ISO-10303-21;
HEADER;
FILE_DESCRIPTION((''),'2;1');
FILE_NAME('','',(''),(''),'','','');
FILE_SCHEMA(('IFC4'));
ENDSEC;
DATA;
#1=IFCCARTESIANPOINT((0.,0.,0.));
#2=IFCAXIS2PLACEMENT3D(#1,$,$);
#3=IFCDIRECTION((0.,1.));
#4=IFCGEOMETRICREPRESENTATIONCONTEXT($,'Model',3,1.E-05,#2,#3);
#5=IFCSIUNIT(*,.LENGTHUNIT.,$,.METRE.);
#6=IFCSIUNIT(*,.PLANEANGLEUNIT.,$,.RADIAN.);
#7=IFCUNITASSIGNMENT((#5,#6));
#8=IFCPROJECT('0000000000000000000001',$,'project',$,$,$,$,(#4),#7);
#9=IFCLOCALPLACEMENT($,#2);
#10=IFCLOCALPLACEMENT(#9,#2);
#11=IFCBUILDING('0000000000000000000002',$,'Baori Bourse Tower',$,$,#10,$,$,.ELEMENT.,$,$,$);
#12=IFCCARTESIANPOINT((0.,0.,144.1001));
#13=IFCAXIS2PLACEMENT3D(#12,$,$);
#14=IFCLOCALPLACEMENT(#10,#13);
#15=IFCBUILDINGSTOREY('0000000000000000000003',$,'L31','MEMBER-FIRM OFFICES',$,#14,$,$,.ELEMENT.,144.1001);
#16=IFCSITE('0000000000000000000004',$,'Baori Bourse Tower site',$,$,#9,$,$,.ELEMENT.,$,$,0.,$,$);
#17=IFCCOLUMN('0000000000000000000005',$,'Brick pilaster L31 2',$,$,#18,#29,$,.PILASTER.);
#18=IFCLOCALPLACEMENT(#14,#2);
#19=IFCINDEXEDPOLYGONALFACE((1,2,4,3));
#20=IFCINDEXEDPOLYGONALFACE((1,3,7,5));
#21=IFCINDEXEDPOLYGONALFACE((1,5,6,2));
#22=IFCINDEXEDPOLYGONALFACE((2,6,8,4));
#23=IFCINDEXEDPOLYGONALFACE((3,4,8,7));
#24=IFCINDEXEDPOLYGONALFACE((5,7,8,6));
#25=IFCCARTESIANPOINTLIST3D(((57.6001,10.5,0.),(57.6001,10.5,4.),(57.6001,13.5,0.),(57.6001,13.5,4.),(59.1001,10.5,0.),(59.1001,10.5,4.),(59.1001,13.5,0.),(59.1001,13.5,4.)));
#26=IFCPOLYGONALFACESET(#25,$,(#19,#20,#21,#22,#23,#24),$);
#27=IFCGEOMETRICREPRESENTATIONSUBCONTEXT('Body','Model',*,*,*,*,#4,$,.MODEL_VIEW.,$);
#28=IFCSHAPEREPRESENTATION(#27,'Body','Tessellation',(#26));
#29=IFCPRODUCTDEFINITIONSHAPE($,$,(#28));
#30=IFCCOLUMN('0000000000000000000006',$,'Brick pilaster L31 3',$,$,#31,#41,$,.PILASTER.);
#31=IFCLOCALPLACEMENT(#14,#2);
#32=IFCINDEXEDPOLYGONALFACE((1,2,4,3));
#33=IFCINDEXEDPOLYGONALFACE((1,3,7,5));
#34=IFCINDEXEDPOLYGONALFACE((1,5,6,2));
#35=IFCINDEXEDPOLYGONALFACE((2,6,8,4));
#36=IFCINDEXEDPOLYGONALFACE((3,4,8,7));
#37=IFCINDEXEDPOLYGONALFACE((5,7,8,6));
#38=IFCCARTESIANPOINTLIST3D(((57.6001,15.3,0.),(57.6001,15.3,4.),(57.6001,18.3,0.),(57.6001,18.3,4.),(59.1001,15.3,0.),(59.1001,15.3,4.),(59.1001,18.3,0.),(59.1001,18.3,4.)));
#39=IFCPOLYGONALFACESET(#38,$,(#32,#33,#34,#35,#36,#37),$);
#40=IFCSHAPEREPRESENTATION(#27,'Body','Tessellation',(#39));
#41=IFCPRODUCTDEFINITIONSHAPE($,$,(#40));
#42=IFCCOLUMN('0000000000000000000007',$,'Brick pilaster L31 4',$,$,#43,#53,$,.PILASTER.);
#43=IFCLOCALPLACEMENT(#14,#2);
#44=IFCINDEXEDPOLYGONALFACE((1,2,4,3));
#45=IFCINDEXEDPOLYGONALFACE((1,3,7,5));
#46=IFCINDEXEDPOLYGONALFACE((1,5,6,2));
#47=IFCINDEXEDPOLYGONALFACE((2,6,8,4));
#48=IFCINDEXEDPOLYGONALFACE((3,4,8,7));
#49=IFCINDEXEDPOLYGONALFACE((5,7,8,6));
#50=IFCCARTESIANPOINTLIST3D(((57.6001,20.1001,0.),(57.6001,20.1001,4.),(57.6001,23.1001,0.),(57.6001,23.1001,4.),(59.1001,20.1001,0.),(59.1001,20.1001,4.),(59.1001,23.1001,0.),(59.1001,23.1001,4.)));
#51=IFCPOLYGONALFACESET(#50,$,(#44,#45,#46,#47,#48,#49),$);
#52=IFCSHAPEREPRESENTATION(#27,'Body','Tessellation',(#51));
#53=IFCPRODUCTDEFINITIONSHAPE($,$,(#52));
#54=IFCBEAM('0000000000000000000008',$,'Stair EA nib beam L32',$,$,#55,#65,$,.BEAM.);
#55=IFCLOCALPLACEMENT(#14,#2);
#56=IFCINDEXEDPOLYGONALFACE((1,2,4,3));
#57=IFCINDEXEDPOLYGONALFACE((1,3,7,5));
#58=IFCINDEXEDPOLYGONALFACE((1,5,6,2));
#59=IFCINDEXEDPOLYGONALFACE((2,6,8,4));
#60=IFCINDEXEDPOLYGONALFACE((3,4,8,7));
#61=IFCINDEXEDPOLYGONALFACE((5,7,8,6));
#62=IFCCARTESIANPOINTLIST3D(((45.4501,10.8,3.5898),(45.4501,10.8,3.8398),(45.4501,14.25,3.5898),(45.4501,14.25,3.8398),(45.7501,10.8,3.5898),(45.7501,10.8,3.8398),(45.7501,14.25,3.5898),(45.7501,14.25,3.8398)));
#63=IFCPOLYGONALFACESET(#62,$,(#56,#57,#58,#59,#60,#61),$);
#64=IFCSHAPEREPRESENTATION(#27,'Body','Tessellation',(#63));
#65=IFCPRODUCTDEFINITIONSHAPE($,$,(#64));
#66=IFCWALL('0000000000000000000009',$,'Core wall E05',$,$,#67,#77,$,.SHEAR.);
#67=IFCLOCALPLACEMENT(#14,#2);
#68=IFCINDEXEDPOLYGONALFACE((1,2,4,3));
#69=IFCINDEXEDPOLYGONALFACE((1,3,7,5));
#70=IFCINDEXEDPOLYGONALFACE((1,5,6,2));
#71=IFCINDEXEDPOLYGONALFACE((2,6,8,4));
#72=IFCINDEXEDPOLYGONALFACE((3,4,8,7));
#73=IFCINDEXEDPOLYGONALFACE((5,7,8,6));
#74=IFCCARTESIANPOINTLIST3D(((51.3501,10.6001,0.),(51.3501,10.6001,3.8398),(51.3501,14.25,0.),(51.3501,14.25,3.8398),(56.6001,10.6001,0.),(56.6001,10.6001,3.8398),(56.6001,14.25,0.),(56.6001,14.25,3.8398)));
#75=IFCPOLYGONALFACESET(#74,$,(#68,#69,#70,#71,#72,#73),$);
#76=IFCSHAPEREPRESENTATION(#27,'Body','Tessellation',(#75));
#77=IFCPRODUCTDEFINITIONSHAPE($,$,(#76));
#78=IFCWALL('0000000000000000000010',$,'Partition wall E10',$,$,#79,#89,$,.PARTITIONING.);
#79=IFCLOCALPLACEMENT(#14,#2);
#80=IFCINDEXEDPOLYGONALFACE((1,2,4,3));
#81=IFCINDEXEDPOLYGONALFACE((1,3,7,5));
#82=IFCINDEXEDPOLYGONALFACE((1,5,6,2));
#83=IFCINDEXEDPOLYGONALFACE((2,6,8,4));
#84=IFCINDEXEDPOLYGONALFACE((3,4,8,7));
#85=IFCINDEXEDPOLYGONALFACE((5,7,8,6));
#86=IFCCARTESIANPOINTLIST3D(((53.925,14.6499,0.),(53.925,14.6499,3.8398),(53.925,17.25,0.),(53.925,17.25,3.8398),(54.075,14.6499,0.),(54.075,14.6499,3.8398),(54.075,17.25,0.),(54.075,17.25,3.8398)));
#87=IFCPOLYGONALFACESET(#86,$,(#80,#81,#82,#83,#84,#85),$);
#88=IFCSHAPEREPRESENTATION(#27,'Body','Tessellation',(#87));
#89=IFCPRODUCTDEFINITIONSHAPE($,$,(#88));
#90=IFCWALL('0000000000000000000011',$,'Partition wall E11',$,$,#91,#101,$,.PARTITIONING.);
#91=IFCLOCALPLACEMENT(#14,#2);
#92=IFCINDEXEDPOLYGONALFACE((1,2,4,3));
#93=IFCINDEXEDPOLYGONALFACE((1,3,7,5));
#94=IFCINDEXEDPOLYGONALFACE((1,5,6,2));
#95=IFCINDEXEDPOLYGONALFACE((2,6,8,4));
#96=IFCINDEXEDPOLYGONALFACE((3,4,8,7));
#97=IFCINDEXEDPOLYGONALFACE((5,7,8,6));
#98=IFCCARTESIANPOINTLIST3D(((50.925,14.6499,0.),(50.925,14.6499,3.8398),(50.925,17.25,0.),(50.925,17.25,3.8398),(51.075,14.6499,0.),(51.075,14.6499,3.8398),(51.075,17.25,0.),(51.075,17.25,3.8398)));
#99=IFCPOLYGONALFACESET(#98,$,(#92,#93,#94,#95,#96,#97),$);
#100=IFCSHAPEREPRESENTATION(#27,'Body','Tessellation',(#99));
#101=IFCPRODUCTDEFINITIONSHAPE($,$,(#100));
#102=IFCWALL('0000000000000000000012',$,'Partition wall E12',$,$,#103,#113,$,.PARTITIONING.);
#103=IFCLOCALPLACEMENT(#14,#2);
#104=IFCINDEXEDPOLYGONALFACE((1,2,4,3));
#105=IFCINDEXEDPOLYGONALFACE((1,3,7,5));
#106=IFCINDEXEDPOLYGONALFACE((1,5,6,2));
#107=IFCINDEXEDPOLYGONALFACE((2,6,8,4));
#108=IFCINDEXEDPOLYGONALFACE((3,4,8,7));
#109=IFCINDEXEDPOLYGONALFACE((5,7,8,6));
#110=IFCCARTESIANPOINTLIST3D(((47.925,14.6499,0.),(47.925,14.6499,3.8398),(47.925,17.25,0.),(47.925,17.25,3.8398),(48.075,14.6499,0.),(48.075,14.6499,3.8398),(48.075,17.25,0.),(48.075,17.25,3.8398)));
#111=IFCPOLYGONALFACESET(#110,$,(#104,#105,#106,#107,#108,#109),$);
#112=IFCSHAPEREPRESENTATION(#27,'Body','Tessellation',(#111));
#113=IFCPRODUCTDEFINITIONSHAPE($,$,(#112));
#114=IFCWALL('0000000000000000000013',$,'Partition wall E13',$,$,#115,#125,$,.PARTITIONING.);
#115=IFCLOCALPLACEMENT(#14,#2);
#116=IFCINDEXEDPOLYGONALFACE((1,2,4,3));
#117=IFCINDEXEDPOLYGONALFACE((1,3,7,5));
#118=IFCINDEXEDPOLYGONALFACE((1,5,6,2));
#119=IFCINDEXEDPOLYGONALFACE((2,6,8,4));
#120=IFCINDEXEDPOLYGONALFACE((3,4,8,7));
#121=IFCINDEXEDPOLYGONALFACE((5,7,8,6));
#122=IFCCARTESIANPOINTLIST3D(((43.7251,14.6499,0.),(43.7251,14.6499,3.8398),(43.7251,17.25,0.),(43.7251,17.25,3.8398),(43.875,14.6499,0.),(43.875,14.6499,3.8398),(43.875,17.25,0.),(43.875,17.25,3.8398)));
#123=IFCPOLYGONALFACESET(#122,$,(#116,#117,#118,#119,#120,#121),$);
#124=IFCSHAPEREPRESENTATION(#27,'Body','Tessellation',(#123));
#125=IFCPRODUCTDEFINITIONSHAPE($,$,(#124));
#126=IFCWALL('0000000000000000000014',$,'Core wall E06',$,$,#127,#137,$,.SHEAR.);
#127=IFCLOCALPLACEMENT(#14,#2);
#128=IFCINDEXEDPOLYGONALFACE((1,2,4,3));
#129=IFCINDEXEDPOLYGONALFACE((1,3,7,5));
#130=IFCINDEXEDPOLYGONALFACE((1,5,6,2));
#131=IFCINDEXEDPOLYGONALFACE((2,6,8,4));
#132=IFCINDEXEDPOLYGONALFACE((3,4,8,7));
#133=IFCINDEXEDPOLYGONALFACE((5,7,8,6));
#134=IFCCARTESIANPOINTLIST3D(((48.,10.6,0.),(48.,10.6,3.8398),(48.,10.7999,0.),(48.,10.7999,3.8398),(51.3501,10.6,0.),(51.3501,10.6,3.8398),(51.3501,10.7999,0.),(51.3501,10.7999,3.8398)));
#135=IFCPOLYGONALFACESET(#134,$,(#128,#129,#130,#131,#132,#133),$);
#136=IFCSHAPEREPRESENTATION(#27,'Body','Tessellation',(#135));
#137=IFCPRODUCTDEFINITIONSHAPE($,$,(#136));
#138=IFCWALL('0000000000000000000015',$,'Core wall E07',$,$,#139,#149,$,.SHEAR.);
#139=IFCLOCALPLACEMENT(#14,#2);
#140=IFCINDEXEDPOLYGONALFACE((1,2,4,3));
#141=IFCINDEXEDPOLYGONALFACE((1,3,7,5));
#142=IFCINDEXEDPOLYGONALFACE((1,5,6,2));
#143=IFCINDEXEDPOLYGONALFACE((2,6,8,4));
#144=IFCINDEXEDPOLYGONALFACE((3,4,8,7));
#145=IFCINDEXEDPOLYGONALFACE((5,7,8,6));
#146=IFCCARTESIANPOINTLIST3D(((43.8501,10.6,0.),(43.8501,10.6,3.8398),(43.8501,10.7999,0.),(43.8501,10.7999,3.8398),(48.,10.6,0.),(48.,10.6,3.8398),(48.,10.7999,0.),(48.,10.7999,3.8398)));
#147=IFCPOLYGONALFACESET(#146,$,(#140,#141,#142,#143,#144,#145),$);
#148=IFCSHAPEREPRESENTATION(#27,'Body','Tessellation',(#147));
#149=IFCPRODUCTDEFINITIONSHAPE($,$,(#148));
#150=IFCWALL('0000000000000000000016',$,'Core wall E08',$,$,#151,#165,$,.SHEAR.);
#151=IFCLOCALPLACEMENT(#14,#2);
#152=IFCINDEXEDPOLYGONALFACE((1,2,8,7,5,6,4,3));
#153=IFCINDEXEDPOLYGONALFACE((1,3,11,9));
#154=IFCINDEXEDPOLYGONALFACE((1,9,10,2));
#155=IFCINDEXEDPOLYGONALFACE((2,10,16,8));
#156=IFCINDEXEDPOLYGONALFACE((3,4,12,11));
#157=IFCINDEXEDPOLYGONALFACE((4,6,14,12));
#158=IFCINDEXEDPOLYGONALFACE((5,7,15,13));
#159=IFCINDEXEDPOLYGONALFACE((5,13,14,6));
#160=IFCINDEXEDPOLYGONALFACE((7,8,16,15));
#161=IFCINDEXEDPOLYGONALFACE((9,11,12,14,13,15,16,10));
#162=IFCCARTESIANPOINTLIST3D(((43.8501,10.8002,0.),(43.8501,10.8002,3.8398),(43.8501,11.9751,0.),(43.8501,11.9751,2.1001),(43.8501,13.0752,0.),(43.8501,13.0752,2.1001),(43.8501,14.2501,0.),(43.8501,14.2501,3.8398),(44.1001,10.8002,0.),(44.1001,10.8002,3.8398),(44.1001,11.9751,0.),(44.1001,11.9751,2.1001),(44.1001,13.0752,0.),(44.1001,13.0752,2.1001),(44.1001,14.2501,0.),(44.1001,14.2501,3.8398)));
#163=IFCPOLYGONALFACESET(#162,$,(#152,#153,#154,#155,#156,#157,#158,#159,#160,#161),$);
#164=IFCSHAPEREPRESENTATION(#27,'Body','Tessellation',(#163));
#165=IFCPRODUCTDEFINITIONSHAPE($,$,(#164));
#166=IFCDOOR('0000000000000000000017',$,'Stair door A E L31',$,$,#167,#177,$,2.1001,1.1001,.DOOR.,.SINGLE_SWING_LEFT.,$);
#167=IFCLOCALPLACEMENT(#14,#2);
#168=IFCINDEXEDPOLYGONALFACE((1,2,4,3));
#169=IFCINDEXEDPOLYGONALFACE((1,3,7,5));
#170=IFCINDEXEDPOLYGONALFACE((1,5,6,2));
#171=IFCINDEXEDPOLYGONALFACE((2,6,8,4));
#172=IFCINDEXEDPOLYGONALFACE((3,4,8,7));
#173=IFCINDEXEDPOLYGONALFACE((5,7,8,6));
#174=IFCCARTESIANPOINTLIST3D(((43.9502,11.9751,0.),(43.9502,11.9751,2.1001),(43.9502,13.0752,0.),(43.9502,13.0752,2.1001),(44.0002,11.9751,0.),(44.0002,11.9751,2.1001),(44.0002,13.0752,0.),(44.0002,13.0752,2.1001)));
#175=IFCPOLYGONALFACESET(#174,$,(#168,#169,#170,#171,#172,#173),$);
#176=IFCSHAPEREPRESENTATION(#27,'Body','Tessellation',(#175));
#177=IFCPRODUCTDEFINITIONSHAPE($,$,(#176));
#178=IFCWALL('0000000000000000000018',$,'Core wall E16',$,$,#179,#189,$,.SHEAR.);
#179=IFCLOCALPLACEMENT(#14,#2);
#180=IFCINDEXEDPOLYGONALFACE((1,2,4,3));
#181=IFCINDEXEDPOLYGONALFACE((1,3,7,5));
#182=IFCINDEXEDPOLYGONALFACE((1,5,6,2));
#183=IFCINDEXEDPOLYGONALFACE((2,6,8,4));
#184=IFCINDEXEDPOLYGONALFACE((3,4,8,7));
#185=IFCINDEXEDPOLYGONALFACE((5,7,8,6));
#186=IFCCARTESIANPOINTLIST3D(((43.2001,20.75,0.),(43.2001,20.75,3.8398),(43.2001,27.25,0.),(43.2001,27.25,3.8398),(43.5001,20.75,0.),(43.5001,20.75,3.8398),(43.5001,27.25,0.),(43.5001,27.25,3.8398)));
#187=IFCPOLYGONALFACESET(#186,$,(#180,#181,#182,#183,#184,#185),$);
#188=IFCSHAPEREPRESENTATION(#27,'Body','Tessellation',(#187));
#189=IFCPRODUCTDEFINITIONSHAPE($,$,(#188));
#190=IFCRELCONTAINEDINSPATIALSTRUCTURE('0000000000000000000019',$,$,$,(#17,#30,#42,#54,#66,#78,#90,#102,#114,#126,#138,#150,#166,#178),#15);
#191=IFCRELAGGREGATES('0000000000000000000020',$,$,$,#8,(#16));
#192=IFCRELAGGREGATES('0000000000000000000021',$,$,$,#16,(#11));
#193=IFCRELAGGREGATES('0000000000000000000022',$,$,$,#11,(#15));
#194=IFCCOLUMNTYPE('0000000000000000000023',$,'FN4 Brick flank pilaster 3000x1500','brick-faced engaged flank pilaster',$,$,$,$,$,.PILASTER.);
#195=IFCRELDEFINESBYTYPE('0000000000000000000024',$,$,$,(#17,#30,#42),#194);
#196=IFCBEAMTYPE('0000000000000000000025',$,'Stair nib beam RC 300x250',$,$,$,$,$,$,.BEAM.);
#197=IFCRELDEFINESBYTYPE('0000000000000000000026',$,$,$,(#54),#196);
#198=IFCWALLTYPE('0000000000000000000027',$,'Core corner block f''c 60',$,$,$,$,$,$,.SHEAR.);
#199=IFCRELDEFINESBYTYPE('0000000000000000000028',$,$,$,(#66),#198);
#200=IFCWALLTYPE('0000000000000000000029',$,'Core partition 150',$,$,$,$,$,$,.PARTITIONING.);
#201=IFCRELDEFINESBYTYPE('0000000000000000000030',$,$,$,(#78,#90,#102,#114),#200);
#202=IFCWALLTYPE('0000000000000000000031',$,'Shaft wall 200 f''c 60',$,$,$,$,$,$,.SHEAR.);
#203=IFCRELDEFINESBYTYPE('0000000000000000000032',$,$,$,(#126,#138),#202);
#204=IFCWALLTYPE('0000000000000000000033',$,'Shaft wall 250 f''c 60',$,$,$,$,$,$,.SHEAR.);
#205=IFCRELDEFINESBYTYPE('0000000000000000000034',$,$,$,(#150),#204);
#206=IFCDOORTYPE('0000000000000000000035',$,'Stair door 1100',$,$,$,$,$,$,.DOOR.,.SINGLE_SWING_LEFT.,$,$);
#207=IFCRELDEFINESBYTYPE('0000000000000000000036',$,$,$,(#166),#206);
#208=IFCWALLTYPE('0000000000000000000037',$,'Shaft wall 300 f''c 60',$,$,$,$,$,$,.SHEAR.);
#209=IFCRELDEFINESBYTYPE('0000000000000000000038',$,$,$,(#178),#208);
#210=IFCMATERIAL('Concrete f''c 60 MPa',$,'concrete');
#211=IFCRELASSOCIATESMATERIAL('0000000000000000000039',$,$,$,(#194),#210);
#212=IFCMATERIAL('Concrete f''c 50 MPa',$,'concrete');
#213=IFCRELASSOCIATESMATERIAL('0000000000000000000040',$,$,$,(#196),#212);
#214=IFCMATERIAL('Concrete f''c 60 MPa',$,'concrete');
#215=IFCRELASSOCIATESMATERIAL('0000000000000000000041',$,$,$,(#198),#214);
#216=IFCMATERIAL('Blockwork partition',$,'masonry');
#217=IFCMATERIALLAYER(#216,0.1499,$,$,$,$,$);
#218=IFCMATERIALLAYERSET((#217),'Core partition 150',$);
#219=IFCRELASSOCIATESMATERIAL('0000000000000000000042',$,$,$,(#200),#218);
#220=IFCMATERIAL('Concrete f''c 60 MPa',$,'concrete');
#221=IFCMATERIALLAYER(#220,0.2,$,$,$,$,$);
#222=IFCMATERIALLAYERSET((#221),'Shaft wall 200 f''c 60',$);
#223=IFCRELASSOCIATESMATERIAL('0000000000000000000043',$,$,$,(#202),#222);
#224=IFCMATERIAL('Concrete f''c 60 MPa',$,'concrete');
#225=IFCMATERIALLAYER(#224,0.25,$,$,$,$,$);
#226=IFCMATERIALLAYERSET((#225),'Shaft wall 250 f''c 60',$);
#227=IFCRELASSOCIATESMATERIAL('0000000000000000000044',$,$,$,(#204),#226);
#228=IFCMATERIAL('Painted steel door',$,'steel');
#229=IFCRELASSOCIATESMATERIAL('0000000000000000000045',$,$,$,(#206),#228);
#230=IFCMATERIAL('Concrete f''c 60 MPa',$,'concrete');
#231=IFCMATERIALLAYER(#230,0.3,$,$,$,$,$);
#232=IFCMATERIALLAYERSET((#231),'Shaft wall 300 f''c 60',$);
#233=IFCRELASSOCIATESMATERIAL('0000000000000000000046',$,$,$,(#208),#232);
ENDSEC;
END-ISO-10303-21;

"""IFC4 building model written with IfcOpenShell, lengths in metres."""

from ifc_helpers import new_model, si_unit, direction, frame, frame_2d, origin, origin_2d, place, context, subcontext, project, spatial, rectangle, extrude, material, layer, layer_set, material_profile, profile_set, type_object, element, fill, save


model = new_model("IFC4")

# Units and contexts
model_context = context("Model", 3, precision=1e-05, world=origin(), true_north=direction((0.0, 1.0)))
body_context = subcontext(model_context, "Body", "Model", "MODEL_VIEW")
ifc_project = project(units=[si_unit("LENGTHUNIT", "METRE"), si_unit("PLANEANGLEUNIT", "RADIAN")], contexts=[model_context])

# Site, building, storey
site_placement = place(None, origin())
site = spatial("IfcSite", under=ifc_project, at=site_placement, Name="Baori Bourse Tower site", CompositionType="ELEMENT", RefElevation=0.0)
building_placement = place(site_placement, origin())
building = spatial("IfcBuilding", under=site, at=building_placement, Name="Baori Bourse Tower", CompositionType="ELEMENT")
storey_placement = place(building_placement, frame((0.0, 0.0, 144.1001)))
storey = spatial("IfcBuildingStorey", under=building, at=storey_placement, Name="L31", Description="MEMBER-FIRM OFFICES", CompositionType="ELEMENT", Elevation=144.1001)

# Columns
ifc_material_1 = material(Name="Concrete f'c 60 MPa", Category="concrete")
ifc_material_profile_1 = material_profile(ifc_material_1, rectangle(XDim=3.0, YDim=1.5, at=origin_2d()), Name="RC 3000x1500")
ifc_profile_set_1 = profile_set([ifc_material_profile_1], Name="Concrete f'c 60 MPa")
column_type = type_object("IfcColumnType", Name="FN4 Brick flank pilaster 3000x1500", Description="brick-faced engaged flank pilaster", PredefinedType="PILASTER", material=ifc_profile_set_1)
for number, where, z_axis, x_axis, name in (
    (1, (58.3501, 12.0, 0.0), (0.0, 0.0, 1.0), (0.0, 1.0, 0.0), "Brick pilaster L31 2"),
    (2, (58.3501, 16.8, 0.0), (0.0, 0.0, 1.0), (0.0, 1.0, 0.0), "Brick pilaster L31 3"),
    (3, (58.3501, 21.6001, 0.0), (0.0, 0.0, 1.0), (0.0, 1.0, 0.0), "Brick pilaster L31 4"),
):
    element("IfcColumn", number, at=place(storey_placement, frame(where, z_axis=z_axis, x_axis=x_axis)), inside=storey, type_object=column_type, Name=name, PredefinedType="PILASTER", context=body_context, shape_type="SweptSolid", body=[
        extrude(rectangle(XDim=3.0, YDim=1.5, at=origin_2d()), origin(), (0.0, 0.0, 1.0), 4.0),
    ])

# Beam
ifc_material_2 = material(Name="Concrete f'c 50 MPa", Category="concrete")
ifc_material_profile_2 = material_profile(ifc_material_2, rectangle(XDim=0.3, YDim=0.25, at=origin_2d()), Name="RC 300x250")
ifc_profile_set_2 = profile_set([ifc_material_profile_2], Name="Concrete f'c 50 MPa")
beam_type = type_object("IfcBeamType", Name="Stair nib beam RC 300x250", PredefinedType="BEAM", material=ifc_profile_set_2)
beam_placement = place(storey_placement, frame((45.6001, 10.8, 3.7148), z_axis=(0.0, 1.0, 0.0), x_axis=(-1.0, 0.0, 0.0)))
element("IfcBeam", 4, at=beam_placement, inside=storey, type_object=beam_type, Name="Stair EA nib beam L32", PredefinedType="BEAM", context=body_context, shape_type="SweptSolid", body=[
    extrude(rectangle(XDim=0.3, YDim=0.25, at=origin_2d()), origin(), (0.0, 0.0, 1.0), 3.45),
])

# Walls
ifc_material_3 = material(Name="Concrete f'c 60 MPa", Category="concrete")
wall_type_1 = type_object("IfcWallType", Name="Core corner block f'c 60", PredefinedType="SHEAR", material=ifc_material_3)
wall_1_placement = place(storey_placement, frame((51.3501, 12.425, 0.0), z_axis=(0.0, 0.0, 1.0), x_axis=(1.0, 0.0, 0.0)))
element("IfcWall", 5, at=wall_1_placement, inside=storey, type_object=wall_type_1, Name="Core wall E05", PredefinedType="SHEAR", context=body_context, shape_type="SweptSolid", body=[
    extrude(rectangle(XDim=5.25, YDim=3.6499, at=frame_2d((2.625, 0.0))), origin(), (0.0, 0.0, 1.0), 3.8398),
])
ifc_material_4 = material(Name="Blockwork partition", Category="masonry")
ifc_layer_1 = layer(ifc_material_4, 0.1499)
ifc_layer_set_1 = layer_set([ifc_layer_1], Name="Core partition 150")
wall_type_2 = type_object("IfcWallType", Name="Core partition 150", PredefinedType="PARTITIONING", material=ifc_layer_set_1)
for number, where, z_axis, x_axis, name in (
    (6, (54.0, 14.6499, 0.0), (0.0, 0.0, 1.0), (0.0, 1.0, 0.0), "Partition wall E10"),
    (7, (51.0, 14.6499, 0.0), (0.0, 0.0, 1.0), (0.0, 1.0, 0.0), "Partition wall E11"),
    (8, (48.0, 14.6499, 0.0), (0.0, 0.0, 1.0), (0.0, 1.0, 0.0), "Partition wall E12"),
    (9, (43.8, 14.6499, 0.0), (0.0, 0.0, 1.0), (0.0, 1.0, 0.0), "Partition wall E13"),
):
    element("IfcWall", number, at=place(storey_placement, frame(where, z_axis=z_axis, x_axis=x_axis)), inside=storey, type_object=wall_type_2, Name=name, PredefinedType="PARTITIONING", context=body_context, shape_type="SweptSolid", body=[
        extrude(rectangle(XDim=2.6001, YDim=0.1499, at=frame_2d((1.3, 0.0))), origin(), (0.0, 0.0, 1.0), 3.8398),
    ])
ifc_material_5 = material(Name="Concrete f'c 60 MPa", Category="concrete")
ifc_layer_2 = layer(ifc_material_5, 0.2)
ifc_layer_set_2 = layer_set([ifc_layer_2], Name="Shaft wall 200 f'c 60")
wall_type_3 = type_object("IfcWallType", Name="Shaft wall 200 f'c 60", PredefinedType="SHEAR", material=ifc_layer_set_2)
wall_2_placement = place(storey_placement, frame((48.0, 10.7, 0.0), z_axis=(0.0, 0.0, 1.0), x_axis=(1.0, 0.0, 0.0)))
element("IfcWall", 10, at=wall_2_placement, inside=storey, type_object=wall_type_3, Name="Core wall E06", PredefinedType="SHEAR", context=body_context, shape_type="SweptSolid", body=[
    extrude(rectangle(XDim=3.3501, YDim=0.2, at=frame_2d((1.675, 0.0))), origin(), (0.0, 0.0, 1.0), 3.8398),
])
wall_3_placement = place(storey_placement, frame((43.8501, 10.7, 0.0), z_axis=(0.0, 0.0, 1.0), x_axis=(1.0, 0.0, 0.0)))
element("IfcWall", 11, at=wall_3_placement, inside=storey, type_object=wall_type_3, Name="Core wall E07", PredefinedType="SHEAR", context=body_context, shape_type="SweptSolid", body=[
    extrude(rectangle(XDim=4.1499, YDim=0.2, at=frame_2d((2.075, 0.0))), origin(), (0.0, 0.0, 1.0), 3.8398),
])

# Wall, opening, door
ifc_material_6 = material(Name="Concrete f'c 60 MPa", Category="concrete")
ifc_layer_3 = layer(ifc_material_6, 0.25)
ifc_layer_set_3 = layer_set([ifc_layer_3], Name="Shaft wall 250 f'c 60")
wall_type_4 = type_object("IfcWallType", Name="Shaft wall 250 f'c 60", PredefinedType="SHEAR", material=ifc_layer_set_3)
wall_4_placement = place(storey_placement, frame((43.9751, 10.8, 0.0), z_axis=(0.0, 0.0, 1.0), x_axis=(0.0, 1.0, 0.0)))
wall_4 = element("IfcWall", 12, at=wall_4_placement, inside=storey, type_object=wall_type_4, Name="Core wall E08", PredefinedType="SHEAR", context=body_context, shape_type="SweptSolid", body=[
    extrude(rectangle(XDim=3.45, YDim=0.25, at=frame_2d((1.7251, 0.0))), origin(), (0.0, 0.0, 1.0), 3.8398),
])
opening_1_placement = place(wall_4_placement, frame((1.175, 0.0, 0.0)))
opening_1 = element("IfcOpeningElement", 13, at=opening_1_placement, cuts=wall_4, PredefinedType="OPENING", context=body_context, shape_type="SweptSolid", body=[
    extrude(rectangle(XDim=1.1001, YDim=2.1001, at=frame_2d((0.55, 1.05))), frame((0.0, 0.135, 0.0), z_axis=(0.0, -1.0, 0.0), x_axis=(1.0, 0.0, 0.0)), (0.0, 0.0, 1.0), 0.27),
])
ifc_material_7 = material(Name="Painted steel door", Category="steel")
door_type_1 = type_object("IfcDoorType", Name="Stair door 1100", OperationType="SINGLE_SWING_LEFT", PredefinedType="DOOR", material=ifc_material_7)
door_1_placement = place(opening_1_placement, origin())
door_1 = element("IfcDoor", 14, at=door_1_placement, inside=storey, type_object=door_type_1, Name="Stair door A E L31", OperationType="SINGLE_SWING_LEFT", OverallHeight=2.1001, OverallWidth=1.1001, PredefinedType="DOOR", context=body_context, shape_type="SweptSolid", body=[
    extrude(rectangle(XDim=1.1001, YDim=2.1001, at=frame_2d((0.55, 1.05))), frame((0.0, 0.0249, 0.0), z_axis=(0.0, -1.0, 0.0), x_axis=(1.0, 0.0, 0.0)), (0.0, 0.0, 1.0), 0.05),
])
fill(opening_1, door_1)

# Wall
ifc_material_8 = material(Name="Concrete f'c 60 MPa", Category="concrete")
ifc_layer_4 = layer(ifc_material_8, 0.3)
ifc_layer_set_4 = layer_set([ifc_layer_4], Name="Shaft wall 300 f'c 60")
wall_type_5 = type_object("IfcWallType", Name="Shaft wall 300 f'c 60", PredefinedType="SHEAR", material=ifc_layer_set_4)
wall_5_placement = place(storey_placement, frame((43.3501, 20.75, 0.0), z_axis=(0.0, 0.0, 1.0), x_axis=(0.0, 1.0, 0.0)))
element("IfcWall", 15, at=wall_5_placement, inside=storey, type_object=wall_type_5, Name="Core wall E16", PredefinedType="SHEAR", context=body_context, shape_type="SweptSolid", body=[
    extrude(rectangle(XDim=6.5, YDim=0.3, at=frame_2d((3.25, 0.0))), origin(), (0.0, 0.0, 1.0), 3.8398),
])

save(model, "model.ifc")
